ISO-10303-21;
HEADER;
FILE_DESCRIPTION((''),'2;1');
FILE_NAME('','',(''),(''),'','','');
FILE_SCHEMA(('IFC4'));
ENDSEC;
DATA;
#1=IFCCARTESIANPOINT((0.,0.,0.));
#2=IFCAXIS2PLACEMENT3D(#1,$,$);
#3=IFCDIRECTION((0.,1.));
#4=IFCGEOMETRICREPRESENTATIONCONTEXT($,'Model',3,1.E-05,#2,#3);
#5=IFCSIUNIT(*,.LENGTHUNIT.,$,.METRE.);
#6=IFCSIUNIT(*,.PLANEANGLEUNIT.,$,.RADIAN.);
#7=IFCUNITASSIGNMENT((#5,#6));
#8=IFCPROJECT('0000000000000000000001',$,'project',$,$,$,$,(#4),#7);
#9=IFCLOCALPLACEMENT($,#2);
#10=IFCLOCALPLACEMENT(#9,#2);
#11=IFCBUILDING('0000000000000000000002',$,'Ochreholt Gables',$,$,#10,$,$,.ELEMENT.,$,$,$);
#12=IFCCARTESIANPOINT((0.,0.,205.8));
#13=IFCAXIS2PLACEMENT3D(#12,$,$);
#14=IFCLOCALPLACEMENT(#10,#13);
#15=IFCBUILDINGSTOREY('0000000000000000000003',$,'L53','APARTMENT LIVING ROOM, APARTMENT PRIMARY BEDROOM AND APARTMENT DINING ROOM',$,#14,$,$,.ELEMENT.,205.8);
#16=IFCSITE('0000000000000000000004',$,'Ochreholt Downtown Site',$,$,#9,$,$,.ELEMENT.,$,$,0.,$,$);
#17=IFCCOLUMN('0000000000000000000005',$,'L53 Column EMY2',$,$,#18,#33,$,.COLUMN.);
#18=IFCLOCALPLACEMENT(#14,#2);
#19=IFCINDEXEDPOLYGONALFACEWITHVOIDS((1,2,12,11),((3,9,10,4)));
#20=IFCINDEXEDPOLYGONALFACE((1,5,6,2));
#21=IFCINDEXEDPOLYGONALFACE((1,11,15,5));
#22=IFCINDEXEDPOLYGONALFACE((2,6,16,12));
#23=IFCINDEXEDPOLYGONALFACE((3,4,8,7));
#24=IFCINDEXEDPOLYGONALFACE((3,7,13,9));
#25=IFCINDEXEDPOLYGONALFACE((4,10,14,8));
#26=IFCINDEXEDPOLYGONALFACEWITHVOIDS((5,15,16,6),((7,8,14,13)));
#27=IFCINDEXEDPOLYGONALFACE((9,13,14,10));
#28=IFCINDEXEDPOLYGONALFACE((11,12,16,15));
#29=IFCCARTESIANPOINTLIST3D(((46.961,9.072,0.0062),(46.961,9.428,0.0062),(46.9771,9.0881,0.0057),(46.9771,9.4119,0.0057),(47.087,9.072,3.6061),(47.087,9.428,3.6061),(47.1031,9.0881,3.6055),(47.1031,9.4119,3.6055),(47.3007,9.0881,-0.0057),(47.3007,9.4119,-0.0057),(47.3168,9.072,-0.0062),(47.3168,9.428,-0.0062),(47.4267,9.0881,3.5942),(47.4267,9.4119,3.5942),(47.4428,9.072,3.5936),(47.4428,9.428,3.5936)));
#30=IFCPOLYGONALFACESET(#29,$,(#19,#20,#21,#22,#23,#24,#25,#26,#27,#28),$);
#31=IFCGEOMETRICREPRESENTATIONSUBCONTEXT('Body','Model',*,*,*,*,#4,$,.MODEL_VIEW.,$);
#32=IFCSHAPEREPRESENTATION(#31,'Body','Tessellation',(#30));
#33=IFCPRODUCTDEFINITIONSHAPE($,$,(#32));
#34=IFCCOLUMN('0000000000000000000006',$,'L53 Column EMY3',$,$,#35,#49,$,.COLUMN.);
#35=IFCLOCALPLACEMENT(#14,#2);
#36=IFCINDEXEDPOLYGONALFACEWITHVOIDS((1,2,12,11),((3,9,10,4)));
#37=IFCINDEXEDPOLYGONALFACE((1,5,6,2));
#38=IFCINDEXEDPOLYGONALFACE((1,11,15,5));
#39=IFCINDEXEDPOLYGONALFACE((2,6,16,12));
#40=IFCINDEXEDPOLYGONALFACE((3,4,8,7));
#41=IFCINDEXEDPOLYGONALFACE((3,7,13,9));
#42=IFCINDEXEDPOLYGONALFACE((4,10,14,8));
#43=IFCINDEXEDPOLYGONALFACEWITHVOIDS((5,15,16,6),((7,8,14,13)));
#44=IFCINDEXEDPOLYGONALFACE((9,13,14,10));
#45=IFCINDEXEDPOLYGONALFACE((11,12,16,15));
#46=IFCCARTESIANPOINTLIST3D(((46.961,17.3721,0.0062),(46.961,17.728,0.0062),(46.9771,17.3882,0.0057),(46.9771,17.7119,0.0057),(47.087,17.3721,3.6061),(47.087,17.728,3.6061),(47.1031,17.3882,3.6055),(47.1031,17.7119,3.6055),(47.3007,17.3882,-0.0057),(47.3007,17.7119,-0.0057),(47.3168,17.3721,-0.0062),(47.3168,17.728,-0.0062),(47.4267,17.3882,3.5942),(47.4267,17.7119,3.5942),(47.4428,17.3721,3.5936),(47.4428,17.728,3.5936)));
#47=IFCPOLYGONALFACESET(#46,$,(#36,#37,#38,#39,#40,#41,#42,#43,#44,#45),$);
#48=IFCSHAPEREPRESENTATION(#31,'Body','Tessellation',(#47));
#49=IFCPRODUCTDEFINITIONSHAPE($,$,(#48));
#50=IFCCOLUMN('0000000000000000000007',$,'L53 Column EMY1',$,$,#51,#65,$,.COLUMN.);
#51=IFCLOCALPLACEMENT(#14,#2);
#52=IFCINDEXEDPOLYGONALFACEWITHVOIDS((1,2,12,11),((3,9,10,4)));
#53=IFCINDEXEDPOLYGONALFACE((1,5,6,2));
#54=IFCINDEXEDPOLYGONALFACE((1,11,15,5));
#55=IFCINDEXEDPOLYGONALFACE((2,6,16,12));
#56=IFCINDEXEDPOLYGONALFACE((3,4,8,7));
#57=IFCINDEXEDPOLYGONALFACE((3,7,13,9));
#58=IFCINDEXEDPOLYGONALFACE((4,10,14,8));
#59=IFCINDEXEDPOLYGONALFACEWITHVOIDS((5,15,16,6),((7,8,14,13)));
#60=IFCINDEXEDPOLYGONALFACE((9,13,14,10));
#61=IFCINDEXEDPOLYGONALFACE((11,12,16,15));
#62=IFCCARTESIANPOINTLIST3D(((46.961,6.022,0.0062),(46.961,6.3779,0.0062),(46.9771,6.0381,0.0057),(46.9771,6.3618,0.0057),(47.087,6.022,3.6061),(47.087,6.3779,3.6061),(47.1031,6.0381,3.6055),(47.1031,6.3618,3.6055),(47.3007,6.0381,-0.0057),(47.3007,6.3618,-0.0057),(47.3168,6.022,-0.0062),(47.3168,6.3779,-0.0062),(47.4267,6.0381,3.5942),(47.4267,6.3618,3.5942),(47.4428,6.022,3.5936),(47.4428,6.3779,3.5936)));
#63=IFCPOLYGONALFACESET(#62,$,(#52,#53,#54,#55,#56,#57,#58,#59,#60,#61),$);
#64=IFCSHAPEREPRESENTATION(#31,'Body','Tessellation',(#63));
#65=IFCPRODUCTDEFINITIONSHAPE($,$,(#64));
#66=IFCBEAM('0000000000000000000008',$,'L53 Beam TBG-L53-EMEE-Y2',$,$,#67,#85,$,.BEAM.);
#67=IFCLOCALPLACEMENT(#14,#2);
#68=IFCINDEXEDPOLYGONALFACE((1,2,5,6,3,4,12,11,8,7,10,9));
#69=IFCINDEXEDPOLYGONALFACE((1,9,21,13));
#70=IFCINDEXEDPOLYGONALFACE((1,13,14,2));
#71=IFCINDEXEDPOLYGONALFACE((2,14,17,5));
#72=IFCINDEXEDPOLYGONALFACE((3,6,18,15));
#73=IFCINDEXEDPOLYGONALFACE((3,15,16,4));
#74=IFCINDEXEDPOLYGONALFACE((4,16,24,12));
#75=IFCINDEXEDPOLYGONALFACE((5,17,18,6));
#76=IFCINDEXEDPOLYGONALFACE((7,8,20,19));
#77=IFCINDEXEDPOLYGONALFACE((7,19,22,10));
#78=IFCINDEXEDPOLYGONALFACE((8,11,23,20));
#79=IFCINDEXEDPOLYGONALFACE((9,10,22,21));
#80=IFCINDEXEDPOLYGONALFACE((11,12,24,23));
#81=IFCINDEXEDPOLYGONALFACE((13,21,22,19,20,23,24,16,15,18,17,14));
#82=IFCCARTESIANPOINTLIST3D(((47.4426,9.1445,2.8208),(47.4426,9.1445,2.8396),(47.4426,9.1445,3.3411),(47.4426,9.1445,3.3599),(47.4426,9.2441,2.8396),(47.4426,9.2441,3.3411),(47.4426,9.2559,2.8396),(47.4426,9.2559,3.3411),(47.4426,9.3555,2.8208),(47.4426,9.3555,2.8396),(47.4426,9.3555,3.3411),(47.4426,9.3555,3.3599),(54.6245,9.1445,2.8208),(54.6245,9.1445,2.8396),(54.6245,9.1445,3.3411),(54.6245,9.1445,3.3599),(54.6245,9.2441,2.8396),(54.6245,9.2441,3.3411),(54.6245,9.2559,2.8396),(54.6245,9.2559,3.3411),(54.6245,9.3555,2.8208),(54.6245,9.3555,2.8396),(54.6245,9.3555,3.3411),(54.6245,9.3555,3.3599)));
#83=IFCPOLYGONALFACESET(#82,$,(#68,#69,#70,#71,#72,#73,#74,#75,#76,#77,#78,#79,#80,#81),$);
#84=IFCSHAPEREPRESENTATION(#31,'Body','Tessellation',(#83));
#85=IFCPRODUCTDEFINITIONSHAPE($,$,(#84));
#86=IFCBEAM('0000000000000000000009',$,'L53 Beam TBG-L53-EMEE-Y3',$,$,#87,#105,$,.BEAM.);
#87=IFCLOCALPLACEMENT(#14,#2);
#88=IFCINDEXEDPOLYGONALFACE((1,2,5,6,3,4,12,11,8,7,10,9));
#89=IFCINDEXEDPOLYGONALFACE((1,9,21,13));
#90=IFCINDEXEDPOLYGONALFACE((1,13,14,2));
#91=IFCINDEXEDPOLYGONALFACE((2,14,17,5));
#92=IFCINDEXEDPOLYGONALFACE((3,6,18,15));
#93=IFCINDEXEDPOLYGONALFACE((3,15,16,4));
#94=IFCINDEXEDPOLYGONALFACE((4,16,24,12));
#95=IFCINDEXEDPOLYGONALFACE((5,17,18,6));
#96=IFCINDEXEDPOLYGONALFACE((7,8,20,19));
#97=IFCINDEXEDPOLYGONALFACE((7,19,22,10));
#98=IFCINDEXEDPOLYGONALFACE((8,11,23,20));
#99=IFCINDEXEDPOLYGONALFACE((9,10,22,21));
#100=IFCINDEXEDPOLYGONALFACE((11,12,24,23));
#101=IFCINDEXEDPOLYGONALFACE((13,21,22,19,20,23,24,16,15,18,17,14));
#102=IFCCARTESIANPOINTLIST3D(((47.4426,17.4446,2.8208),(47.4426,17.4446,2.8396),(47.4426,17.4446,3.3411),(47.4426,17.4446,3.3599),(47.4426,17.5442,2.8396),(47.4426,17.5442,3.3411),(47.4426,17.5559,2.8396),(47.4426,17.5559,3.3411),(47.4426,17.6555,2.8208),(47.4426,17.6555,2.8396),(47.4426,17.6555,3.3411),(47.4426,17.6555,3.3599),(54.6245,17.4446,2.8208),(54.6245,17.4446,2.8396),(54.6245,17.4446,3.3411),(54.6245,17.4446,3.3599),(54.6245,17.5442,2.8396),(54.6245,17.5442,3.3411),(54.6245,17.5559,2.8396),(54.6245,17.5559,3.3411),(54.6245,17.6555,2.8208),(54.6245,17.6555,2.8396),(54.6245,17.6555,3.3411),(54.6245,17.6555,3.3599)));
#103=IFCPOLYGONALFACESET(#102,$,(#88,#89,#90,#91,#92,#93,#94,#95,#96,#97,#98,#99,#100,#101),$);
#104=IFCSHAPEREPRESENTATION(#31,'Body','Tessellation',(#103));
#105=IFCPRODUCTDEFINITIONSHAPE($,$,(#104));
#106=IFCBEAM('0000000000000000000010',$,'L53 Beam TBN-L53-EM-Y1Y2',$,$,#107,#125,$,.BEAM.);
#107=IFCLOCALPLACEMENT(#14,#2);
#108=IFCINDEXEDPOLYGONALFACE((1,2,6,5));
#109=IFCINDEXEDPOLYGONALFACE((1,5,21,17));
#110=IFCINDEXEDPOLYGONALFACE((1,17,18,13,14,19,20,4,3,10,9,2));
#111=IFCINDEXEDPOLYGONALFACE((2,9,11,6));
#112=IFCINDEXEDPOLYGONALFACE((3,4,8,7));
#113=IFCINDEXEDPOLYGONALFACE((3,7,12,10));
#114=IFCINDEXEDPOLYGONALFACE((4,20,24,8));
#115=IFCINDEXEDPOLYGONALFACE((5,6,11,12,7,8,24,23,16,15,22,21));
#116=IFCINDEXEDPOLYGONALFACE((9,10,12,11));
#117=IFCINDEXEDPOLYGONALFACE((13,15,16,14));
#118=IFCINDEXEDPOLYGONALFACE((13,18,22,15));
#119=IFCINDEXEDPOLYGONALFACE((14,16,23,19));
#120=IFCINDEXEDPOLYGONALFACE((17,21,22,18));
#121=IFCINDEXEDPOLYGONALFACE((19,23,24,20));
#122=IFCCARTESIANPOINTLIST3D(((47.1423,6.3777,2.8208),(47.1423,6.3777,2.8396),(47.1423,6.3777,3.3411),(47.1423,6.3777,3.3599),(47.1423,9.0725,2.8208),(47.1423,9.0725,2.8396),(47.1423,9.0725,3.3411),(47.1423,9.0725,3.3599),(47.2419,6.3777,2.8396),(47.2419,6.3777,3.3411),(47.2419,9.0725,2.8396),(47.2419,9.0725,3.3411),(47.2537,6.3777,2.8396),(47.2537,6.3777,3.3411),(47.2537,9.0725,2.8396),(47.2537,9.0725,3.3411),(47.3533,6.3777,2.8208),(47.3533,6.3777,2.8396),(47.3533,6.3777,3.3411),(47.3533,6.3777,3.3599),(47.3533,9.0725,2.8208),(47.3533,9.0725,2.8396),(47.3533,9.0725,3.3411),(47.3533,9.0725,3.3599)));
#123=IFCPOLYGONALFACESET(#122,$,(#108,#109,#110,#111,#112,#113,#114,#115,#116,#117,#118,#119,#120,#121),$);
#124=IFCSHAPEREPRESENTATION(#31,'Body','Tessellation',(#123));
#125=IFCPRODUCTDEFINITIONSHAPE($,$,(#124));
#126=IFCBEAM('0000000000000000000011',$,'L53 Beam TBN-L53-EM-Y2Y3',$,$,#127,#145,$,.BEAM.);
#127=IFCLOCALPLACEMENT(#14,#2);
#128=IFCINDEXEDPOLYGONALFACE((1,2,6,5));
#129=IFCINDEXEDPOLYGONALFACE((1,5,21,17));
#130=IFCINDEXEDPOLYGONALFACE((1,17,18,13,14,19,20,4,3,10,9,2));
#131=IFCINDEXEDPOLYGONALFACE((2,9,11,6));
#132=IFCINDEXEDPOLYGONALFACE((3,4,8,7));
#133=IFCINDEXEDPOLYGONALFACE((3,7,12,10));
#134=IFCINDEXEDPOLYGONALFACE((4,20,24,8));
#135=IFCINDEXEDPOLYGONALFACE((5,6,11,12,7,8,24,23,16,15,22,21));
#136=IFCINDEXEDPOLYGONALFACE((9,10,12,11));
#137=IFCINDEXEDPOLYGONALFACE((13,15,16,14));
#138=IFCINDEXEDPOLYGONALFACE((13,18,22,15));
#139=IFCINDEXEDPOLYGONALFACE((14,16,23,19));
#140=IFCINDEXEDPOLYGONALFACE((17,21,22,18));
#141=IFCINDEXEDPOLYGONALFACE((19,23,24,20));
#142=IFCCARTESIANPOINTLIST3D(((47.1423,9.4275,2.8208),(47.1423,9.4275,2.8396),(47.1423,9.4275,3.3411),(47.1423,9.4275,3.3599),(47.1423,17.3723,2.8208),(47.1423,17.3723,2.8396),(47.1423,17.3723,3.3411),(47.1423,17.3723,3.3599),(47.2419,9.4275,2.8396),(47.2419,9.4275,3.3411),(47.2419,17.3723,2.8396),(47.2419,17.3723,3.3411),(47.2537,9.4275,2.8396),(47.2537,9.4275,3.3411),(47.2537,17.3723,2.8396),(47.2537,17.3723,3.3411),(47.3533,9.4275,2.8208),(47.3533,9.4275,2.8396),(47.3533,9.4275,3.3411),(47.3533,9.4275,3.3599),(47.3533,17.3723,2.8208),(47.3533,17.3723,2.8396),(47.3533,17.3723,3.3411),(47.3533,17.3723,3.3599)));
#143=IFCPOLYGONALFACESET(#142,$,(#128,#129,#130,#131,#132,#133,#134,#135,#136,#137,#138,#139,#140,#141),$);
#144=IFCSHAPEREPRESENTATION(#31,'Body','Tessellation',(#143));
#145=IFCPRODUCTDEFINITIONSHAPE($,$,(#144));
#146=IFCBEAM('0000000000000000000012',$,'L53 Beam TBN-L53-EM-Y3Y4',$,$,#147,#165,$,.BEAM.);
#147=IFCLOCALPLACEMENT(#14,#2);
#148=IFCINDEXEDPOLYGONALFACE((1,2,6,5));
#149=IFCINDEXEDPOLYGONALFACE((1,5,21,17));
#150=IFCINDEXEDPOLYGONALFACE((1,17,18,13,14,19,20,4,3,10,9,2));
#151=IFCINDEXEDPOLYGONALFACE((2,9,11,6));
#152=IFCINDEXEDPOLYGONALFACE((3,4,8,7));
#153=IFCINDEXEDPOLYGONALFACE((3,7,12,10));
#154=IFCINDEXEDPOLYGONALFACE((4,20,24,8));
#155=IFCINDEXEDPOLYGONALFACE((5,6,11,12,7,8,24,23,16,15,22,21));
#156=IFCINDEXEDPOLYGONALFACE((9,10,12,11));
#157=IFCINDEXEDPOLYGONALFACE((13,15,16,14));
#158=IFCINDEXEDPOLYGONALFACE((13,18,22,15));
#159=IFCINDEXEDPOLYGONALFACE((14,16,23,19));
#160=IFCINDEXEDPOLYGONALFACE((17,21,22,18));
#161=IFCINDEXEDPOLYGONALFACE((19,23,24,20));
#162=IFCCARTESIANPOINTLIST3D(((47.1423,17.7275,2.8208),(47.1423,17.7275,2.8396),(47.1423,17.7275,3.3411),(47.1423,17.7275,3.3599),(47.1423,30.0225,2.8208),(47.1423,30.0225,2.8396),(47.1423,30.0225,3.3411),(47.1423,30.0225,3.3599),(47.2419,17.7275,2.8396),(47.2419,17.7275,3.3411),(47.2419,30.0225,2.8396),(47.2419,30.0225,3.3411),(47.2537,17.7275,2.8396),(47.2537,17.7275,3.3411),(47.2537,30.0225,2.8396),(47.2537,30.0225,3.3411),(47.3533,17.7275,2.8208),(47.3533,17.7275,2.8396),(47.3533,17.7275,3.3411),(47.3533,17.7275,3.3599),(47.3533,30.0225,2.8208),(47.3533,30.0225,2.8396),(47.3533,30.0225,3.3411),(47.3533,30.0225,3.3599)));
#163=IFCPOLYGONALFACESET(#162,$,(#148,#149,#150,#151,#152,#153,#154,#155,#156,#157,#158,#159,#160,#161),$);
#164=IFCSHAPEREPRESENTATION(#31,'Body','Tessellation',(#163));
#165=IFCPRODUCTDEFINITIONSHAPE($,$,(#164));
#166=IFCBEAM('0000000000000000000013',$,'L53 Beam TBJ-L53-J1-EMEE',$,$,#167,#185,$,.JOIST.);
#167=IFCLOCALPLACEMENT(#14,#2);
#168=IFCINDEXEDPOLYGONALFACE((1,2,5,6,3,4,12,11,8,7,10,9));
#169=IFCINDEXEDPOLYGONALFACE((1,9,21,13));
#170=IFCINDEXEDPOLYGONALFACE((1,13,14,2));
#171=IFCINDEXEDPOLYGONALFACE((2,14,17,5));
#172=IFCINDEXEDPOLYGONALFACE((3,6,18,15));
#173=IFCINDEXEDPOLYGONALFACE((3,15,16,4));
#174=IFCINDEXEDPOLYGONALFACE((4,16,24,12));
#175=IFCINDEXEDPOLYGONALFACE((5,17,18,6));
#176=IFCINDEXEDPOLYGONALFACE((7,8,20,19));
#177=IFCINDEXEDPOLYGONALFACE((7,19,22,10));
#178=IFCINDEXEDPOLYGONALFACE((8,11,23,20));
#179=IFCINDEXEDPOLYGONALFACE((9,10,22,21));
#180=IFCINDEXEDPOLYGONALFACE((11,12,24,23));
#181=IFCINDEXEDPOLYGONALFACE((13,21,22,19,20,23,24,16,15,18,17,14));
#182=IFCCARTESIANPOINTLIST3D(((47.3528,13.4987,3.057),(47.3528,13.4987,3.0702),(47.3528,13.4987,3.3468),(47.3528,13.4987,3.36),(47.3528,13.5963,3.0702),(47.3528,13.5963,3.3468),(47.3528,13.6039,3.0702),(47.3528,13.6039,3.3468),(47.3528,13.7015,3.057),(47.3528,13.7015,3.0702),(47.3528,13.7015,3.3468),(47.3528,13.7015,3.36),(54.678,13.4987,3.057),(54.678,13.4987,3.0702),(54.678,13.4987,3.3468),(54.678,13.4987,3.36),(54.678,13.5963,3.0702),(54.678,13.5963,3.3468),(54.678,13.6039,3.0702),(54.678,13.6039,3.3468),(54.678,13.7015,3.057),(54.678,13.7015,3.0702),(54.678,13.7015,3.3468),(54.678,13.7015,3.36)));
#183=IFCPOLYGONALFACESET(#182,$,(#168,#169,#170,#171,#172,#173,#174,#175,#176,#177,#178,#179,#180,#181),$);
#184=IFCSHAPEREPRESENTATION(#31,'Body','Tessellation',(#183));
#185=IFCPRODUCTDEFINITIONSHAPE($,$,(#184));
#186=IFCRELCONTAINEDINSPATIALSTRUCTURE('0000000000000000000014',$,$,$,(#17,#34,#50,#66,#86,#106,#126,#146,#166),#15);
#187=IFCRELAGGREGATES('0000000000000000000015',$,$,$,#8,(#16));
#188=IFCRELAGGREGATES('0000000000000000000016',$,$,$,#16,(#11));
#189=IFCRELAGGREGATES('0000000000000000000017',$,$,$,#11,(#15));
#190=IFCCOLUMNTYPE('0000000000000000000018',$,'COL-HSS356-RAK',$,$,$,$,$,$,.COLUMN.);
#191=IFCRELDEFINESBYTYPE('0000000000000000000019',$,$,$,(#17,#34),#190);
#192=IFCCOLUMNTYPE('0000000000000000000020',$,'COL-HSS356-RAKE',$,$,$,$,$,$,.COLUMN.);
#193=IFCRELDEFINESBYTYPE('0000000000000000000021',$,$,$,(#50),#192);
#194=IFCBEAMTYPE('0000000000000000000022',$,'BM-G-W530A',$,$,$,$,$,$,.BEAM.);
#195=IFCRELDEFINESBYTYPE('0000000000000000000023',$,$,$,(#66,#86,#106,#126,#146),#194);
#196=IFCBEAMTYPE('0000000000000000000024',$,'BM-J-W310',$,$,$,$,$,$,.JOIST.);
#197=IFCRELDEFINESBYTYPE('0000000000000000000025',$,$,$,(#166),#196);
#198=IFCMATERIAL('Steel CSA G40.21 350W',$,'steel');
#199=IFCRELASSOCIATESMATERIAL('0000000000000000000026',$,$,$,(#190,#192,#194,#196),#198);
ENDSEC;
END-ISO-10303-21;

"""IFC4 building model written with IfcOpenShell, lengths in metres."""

from ifc_helpers import new_model, si_unit, direction, frame, origin, origin_2d, place, context, subcontext, project, spatial, hollow_rectangle, i_section, extrude, material, material_profile, profile_set, type_object, element, save


model = new_model("IFC4")

# Units and contexts
model_context = context("Model", 3, precision=1e-05, world=origin(), true_north=direction((0.0, 1.0)))
body_context = subcontext(model_context, "Body", "Model", "MODEL_VIEW")
ifc_project = project(units=[si_unit("LENGTHUNIT", "METRE"), si_unit("PLANEANGLEUNIT", "RADIAN")], contexts=[model_context])

# Site, building, storey
site_placement = place(None, origin())
site = spatial("IfcSite", under=ifc_project, at=site_placement, Name="Ochreholt Downtown Site", CompositionType="ELEMENT", RefElevation=0.0)
building_placement = place(site_placement, origin())
building = spatial("IfcBuilding", under=site, at=building_placement, Name="Ochreholt Gables", CompositionType="ELEMENT")
storey_placement = place(building_placement, frame((0.0, 0.0, 205.8)))
storey = spatial("IfcBuildingStorey", under=building, at=storey_placement, Name="L53", Description="APARTMENT LIVING ROOM, APARTMENT PRIMARY BEDROOM AND APARTMENT DINING ROOM", CompositionType="ELEMENT", Elevation=205.8)

# Columns
ifc_material_1 = material(Name="Steel CSA G40.21 350W", Category="steel")
ifc_material_profile_1 = material_profile(ifc_material_1, hollow_rectangle(XDim=0.356, YDim=0.356, WallThickness=0.0161, at=origin_2d()), Name="HSS356X356X16")
ifc_profile_set_1 = profile_set([ifc_material_profile_1], Name="Steel CSA G40.21 350W")
column_type_1 = type_object("IfcColumnType", Name="COL-HSS356-RAK", PredefinedType="COLUMN", material=ifc_profile_set_1)
for number, where, z_axis, x_axis, name in (
    (1, (47.1389, 9.25, 0.0), (0.034974, 0.0, 0.999388), (0.0, 1.0, 0.0), "L53 Column EMY2"),
    (2, (47.1389, 17.55, 0.0), (0.034974, 0.0, 0.999388), (0.0, 1.0, 0.0), "L53 Column EMY3"),
):
    element("IfcColumn", number, at=place(storey_placement, frame(where, z_axis=z_axis, x_axis=x_axis)), inside=storey, type_object=column_type_1, Name=name, PredefinedType="COLUMN", context=body_context, shape_type="SweptSolid", body=[
        extrude(hollow_rectangle(XDim=0.356, YDim=0.356, WallThickness=0.0161, at=origin_2d()), origin(), (0.0, 0.0, 1.0), 3.6021),
    ])
ifc_material_profile_2 = material_profile(ifc_material_1, hollow_rectangle(XDim=0.356, YDim=0.356, WallThickness=0.0161, at=origin_2d()), Name="HSS356X356X16")
ifc_profile_set_2 = profile_set([ifc_material_profile_2], Name="Steel CSA G40.21 350W")
column_type_2 = type_object("IfcColumnType", Name="COL-HSS356-RAKE", PredefinedType="COLUMN", material=ifc_profile_set_2)
column_placement = place(storey_placement, frame((47.1389, 6.2, 0.0), z_axis=(0.034974, 0.0, 0.999388), x_axis=(0.0, 1.0, 0.0)))
element("IfcColumn", 3, at=column_placement, inside=storey, type_object=column_type_2, Name="L53 Column EMY1", PredefinedType="COLUMN", context=body_context, shape_type="SweptSolid", body=[
    extrude(hollow_rectangle(XDim=0.356, YDim=0.356, WallThickness=0.0161, at=origin_2d()), origin(), (0.0, 0.0, 1.0), 3.6021),
])

# Beams
ifc_material_profile_3 = material_profile(ifc_material_1, i_section(OverallWidth=0.2109, OverallDepth=0.5391, WebThickness=0.0117, FlangeThickness=0.0188, at=origin_2d()), Name="W530X109")
ifc_profile_set_3 = profile_set([ifc_material_profile_3], Name="Steel CSA G40.21 350W")
beam_type_1 = type_object("IfcBeamType", Name="BM-G-W530A", PredefinedType="BEAM", material=ifc_profile_set_3)
for number, where, z_axis, x_axis, name in (
    (4, (47.4426, 9.25, 3.0903), (1.0, 0.0, 0.0), (0.0, 1.0, 0.0), "L53 Beam TBG-L53-EMEE-Y2"),
    (5, (47.4426, 17.55, 3.0903), (1.0, 0.0, 0.0), (0.0, 1.0, 0.0), "L53 Beam TBG-L53-EMEE-Y3"),
):
    element("IfcBeam", number, at=place(storey_placement, frame(where, z_axis=z_axis, x_axis=x_axis)), inside=storey, type_object=beam_type_1, Name=name, PredefinedType="BEAM", context=body_context, shape_type="SweptSolid", body=[
        extrude(i_section(OverallWidth=0.2109, OverallDepth=0.5391, WebThickness=0.0117, FlangeThickness=0.0188, at=origin_2d()), origin(), (0.0, 0.0, 1.0), 7.1819),
    ])
beam_1_placement = place(storey_placement, frame((47.2478, 6.3777, 3.0903), z_axis=(0.0, 1.0, 0.0), x_axis=(-1.0, 0.0, 0.0)))
element("IfcBeam", 6, at=beam_1_placement, inside=storey, type_object=beam_type_1, Name="L53 Beam TBN-L53-EM-Y1Y2", PredefinedType="BEAM", context=body_context, shape_type="SweptSolid", body=[
    extrude(i_section(OverallWidth=0.2109, OverallDepth=0.5391, WebThickness=0.0117, FlangeThickness=0.0188, at=origin_2d()), origin(), (0.0, 0.0, 1.0), 2.6948),
])
beam_2_placement = place(storey_placement, frame((47.2478, 9.4275, 3.0903), z_axis=(0.0, 1.0, 0.0), x_axis=(-1.0, 0.0, 0.0)))
element("IfcBeam", 7, at=beam_2_placement, inside=storey, type_object=beam_type_1, Name="L53 Beam TBN-L53-EM-Y2Y3", PredefinedType="BEAM", context=body_context, shape_type="SweptSolid", body=[
    extrude(i_section(OverallWidth=0.2109, OverallDepth=0.5391, WebThickness=0.0117, FlangeThickness=0.0188, at=origin_2d()), origin(), (0.0, 0.0, 1.0), 7.9448),
])
beam_3_placement = place(storey_placement, frame((47.2478, 17.7275, 3.0903), z_axis=(0.0, 1.0, 0.0), x_axis=(-1.0, 0.0, 0.0)))
element("IfcBeam", 8, at=beam_3_placement, inside=storey, type_object=beam_type_1, Name="L53 Beam TBN-L53-EM-Y3Y4", PredefinedType="BEAM", context=body_context, shape_type="SweptSolid", body=[
    extrude(i_section(OverallWidth=0.2109, OverallDepth=0.5391, WebThickness=0.0117, FlangeThickness=0.0188, at=origin_2d()), origin(), (0.0, 0.0, 1.0), 12.2949),
])
ifc_material_profile_4 = material_profile(ifc_material_1, i_section(OverallWidth=0.2029, OverallDepth=0.303, WebThickness=0.0076, FlangeThickness=0.0132, at=origin_2d()), Name="W310X60")
ifc_profile_set_4 = profile_set([ifc_material_profile_4], Name="Steel CSA G40.21 350W")
beam_type_2 = type_object("IfcBeamType", Name="BM-J-W310", PredefinedType="JOIST", material=ifc_profile_set_4)
beam_4_placement = place(storey_placement, frame((47.3528, 13.6001, 3.2085), z_axis=(1.0, 0.0, 0.0), x_axis=(0.0, 1.0, 0.0)))
element("IfcBeam", 9, at=beam_4_placement, inside=storey, type_object=beam_type_2, Name="L53 Beam TBJ-L53-J1-EMEE", PredefinedType="JOIST", context=body_context, shape_type="SweptSolid", body=[
    extrude(i_section(OverallWidth=0.2029, OverallDepth=0.303, WebThickness=0.0076, FlangeThickness=0.0132, at=origin_2d()), origin(), (0.0, 0.0, 1.0), 7.3252),
])

save(model, "model.ifc")
